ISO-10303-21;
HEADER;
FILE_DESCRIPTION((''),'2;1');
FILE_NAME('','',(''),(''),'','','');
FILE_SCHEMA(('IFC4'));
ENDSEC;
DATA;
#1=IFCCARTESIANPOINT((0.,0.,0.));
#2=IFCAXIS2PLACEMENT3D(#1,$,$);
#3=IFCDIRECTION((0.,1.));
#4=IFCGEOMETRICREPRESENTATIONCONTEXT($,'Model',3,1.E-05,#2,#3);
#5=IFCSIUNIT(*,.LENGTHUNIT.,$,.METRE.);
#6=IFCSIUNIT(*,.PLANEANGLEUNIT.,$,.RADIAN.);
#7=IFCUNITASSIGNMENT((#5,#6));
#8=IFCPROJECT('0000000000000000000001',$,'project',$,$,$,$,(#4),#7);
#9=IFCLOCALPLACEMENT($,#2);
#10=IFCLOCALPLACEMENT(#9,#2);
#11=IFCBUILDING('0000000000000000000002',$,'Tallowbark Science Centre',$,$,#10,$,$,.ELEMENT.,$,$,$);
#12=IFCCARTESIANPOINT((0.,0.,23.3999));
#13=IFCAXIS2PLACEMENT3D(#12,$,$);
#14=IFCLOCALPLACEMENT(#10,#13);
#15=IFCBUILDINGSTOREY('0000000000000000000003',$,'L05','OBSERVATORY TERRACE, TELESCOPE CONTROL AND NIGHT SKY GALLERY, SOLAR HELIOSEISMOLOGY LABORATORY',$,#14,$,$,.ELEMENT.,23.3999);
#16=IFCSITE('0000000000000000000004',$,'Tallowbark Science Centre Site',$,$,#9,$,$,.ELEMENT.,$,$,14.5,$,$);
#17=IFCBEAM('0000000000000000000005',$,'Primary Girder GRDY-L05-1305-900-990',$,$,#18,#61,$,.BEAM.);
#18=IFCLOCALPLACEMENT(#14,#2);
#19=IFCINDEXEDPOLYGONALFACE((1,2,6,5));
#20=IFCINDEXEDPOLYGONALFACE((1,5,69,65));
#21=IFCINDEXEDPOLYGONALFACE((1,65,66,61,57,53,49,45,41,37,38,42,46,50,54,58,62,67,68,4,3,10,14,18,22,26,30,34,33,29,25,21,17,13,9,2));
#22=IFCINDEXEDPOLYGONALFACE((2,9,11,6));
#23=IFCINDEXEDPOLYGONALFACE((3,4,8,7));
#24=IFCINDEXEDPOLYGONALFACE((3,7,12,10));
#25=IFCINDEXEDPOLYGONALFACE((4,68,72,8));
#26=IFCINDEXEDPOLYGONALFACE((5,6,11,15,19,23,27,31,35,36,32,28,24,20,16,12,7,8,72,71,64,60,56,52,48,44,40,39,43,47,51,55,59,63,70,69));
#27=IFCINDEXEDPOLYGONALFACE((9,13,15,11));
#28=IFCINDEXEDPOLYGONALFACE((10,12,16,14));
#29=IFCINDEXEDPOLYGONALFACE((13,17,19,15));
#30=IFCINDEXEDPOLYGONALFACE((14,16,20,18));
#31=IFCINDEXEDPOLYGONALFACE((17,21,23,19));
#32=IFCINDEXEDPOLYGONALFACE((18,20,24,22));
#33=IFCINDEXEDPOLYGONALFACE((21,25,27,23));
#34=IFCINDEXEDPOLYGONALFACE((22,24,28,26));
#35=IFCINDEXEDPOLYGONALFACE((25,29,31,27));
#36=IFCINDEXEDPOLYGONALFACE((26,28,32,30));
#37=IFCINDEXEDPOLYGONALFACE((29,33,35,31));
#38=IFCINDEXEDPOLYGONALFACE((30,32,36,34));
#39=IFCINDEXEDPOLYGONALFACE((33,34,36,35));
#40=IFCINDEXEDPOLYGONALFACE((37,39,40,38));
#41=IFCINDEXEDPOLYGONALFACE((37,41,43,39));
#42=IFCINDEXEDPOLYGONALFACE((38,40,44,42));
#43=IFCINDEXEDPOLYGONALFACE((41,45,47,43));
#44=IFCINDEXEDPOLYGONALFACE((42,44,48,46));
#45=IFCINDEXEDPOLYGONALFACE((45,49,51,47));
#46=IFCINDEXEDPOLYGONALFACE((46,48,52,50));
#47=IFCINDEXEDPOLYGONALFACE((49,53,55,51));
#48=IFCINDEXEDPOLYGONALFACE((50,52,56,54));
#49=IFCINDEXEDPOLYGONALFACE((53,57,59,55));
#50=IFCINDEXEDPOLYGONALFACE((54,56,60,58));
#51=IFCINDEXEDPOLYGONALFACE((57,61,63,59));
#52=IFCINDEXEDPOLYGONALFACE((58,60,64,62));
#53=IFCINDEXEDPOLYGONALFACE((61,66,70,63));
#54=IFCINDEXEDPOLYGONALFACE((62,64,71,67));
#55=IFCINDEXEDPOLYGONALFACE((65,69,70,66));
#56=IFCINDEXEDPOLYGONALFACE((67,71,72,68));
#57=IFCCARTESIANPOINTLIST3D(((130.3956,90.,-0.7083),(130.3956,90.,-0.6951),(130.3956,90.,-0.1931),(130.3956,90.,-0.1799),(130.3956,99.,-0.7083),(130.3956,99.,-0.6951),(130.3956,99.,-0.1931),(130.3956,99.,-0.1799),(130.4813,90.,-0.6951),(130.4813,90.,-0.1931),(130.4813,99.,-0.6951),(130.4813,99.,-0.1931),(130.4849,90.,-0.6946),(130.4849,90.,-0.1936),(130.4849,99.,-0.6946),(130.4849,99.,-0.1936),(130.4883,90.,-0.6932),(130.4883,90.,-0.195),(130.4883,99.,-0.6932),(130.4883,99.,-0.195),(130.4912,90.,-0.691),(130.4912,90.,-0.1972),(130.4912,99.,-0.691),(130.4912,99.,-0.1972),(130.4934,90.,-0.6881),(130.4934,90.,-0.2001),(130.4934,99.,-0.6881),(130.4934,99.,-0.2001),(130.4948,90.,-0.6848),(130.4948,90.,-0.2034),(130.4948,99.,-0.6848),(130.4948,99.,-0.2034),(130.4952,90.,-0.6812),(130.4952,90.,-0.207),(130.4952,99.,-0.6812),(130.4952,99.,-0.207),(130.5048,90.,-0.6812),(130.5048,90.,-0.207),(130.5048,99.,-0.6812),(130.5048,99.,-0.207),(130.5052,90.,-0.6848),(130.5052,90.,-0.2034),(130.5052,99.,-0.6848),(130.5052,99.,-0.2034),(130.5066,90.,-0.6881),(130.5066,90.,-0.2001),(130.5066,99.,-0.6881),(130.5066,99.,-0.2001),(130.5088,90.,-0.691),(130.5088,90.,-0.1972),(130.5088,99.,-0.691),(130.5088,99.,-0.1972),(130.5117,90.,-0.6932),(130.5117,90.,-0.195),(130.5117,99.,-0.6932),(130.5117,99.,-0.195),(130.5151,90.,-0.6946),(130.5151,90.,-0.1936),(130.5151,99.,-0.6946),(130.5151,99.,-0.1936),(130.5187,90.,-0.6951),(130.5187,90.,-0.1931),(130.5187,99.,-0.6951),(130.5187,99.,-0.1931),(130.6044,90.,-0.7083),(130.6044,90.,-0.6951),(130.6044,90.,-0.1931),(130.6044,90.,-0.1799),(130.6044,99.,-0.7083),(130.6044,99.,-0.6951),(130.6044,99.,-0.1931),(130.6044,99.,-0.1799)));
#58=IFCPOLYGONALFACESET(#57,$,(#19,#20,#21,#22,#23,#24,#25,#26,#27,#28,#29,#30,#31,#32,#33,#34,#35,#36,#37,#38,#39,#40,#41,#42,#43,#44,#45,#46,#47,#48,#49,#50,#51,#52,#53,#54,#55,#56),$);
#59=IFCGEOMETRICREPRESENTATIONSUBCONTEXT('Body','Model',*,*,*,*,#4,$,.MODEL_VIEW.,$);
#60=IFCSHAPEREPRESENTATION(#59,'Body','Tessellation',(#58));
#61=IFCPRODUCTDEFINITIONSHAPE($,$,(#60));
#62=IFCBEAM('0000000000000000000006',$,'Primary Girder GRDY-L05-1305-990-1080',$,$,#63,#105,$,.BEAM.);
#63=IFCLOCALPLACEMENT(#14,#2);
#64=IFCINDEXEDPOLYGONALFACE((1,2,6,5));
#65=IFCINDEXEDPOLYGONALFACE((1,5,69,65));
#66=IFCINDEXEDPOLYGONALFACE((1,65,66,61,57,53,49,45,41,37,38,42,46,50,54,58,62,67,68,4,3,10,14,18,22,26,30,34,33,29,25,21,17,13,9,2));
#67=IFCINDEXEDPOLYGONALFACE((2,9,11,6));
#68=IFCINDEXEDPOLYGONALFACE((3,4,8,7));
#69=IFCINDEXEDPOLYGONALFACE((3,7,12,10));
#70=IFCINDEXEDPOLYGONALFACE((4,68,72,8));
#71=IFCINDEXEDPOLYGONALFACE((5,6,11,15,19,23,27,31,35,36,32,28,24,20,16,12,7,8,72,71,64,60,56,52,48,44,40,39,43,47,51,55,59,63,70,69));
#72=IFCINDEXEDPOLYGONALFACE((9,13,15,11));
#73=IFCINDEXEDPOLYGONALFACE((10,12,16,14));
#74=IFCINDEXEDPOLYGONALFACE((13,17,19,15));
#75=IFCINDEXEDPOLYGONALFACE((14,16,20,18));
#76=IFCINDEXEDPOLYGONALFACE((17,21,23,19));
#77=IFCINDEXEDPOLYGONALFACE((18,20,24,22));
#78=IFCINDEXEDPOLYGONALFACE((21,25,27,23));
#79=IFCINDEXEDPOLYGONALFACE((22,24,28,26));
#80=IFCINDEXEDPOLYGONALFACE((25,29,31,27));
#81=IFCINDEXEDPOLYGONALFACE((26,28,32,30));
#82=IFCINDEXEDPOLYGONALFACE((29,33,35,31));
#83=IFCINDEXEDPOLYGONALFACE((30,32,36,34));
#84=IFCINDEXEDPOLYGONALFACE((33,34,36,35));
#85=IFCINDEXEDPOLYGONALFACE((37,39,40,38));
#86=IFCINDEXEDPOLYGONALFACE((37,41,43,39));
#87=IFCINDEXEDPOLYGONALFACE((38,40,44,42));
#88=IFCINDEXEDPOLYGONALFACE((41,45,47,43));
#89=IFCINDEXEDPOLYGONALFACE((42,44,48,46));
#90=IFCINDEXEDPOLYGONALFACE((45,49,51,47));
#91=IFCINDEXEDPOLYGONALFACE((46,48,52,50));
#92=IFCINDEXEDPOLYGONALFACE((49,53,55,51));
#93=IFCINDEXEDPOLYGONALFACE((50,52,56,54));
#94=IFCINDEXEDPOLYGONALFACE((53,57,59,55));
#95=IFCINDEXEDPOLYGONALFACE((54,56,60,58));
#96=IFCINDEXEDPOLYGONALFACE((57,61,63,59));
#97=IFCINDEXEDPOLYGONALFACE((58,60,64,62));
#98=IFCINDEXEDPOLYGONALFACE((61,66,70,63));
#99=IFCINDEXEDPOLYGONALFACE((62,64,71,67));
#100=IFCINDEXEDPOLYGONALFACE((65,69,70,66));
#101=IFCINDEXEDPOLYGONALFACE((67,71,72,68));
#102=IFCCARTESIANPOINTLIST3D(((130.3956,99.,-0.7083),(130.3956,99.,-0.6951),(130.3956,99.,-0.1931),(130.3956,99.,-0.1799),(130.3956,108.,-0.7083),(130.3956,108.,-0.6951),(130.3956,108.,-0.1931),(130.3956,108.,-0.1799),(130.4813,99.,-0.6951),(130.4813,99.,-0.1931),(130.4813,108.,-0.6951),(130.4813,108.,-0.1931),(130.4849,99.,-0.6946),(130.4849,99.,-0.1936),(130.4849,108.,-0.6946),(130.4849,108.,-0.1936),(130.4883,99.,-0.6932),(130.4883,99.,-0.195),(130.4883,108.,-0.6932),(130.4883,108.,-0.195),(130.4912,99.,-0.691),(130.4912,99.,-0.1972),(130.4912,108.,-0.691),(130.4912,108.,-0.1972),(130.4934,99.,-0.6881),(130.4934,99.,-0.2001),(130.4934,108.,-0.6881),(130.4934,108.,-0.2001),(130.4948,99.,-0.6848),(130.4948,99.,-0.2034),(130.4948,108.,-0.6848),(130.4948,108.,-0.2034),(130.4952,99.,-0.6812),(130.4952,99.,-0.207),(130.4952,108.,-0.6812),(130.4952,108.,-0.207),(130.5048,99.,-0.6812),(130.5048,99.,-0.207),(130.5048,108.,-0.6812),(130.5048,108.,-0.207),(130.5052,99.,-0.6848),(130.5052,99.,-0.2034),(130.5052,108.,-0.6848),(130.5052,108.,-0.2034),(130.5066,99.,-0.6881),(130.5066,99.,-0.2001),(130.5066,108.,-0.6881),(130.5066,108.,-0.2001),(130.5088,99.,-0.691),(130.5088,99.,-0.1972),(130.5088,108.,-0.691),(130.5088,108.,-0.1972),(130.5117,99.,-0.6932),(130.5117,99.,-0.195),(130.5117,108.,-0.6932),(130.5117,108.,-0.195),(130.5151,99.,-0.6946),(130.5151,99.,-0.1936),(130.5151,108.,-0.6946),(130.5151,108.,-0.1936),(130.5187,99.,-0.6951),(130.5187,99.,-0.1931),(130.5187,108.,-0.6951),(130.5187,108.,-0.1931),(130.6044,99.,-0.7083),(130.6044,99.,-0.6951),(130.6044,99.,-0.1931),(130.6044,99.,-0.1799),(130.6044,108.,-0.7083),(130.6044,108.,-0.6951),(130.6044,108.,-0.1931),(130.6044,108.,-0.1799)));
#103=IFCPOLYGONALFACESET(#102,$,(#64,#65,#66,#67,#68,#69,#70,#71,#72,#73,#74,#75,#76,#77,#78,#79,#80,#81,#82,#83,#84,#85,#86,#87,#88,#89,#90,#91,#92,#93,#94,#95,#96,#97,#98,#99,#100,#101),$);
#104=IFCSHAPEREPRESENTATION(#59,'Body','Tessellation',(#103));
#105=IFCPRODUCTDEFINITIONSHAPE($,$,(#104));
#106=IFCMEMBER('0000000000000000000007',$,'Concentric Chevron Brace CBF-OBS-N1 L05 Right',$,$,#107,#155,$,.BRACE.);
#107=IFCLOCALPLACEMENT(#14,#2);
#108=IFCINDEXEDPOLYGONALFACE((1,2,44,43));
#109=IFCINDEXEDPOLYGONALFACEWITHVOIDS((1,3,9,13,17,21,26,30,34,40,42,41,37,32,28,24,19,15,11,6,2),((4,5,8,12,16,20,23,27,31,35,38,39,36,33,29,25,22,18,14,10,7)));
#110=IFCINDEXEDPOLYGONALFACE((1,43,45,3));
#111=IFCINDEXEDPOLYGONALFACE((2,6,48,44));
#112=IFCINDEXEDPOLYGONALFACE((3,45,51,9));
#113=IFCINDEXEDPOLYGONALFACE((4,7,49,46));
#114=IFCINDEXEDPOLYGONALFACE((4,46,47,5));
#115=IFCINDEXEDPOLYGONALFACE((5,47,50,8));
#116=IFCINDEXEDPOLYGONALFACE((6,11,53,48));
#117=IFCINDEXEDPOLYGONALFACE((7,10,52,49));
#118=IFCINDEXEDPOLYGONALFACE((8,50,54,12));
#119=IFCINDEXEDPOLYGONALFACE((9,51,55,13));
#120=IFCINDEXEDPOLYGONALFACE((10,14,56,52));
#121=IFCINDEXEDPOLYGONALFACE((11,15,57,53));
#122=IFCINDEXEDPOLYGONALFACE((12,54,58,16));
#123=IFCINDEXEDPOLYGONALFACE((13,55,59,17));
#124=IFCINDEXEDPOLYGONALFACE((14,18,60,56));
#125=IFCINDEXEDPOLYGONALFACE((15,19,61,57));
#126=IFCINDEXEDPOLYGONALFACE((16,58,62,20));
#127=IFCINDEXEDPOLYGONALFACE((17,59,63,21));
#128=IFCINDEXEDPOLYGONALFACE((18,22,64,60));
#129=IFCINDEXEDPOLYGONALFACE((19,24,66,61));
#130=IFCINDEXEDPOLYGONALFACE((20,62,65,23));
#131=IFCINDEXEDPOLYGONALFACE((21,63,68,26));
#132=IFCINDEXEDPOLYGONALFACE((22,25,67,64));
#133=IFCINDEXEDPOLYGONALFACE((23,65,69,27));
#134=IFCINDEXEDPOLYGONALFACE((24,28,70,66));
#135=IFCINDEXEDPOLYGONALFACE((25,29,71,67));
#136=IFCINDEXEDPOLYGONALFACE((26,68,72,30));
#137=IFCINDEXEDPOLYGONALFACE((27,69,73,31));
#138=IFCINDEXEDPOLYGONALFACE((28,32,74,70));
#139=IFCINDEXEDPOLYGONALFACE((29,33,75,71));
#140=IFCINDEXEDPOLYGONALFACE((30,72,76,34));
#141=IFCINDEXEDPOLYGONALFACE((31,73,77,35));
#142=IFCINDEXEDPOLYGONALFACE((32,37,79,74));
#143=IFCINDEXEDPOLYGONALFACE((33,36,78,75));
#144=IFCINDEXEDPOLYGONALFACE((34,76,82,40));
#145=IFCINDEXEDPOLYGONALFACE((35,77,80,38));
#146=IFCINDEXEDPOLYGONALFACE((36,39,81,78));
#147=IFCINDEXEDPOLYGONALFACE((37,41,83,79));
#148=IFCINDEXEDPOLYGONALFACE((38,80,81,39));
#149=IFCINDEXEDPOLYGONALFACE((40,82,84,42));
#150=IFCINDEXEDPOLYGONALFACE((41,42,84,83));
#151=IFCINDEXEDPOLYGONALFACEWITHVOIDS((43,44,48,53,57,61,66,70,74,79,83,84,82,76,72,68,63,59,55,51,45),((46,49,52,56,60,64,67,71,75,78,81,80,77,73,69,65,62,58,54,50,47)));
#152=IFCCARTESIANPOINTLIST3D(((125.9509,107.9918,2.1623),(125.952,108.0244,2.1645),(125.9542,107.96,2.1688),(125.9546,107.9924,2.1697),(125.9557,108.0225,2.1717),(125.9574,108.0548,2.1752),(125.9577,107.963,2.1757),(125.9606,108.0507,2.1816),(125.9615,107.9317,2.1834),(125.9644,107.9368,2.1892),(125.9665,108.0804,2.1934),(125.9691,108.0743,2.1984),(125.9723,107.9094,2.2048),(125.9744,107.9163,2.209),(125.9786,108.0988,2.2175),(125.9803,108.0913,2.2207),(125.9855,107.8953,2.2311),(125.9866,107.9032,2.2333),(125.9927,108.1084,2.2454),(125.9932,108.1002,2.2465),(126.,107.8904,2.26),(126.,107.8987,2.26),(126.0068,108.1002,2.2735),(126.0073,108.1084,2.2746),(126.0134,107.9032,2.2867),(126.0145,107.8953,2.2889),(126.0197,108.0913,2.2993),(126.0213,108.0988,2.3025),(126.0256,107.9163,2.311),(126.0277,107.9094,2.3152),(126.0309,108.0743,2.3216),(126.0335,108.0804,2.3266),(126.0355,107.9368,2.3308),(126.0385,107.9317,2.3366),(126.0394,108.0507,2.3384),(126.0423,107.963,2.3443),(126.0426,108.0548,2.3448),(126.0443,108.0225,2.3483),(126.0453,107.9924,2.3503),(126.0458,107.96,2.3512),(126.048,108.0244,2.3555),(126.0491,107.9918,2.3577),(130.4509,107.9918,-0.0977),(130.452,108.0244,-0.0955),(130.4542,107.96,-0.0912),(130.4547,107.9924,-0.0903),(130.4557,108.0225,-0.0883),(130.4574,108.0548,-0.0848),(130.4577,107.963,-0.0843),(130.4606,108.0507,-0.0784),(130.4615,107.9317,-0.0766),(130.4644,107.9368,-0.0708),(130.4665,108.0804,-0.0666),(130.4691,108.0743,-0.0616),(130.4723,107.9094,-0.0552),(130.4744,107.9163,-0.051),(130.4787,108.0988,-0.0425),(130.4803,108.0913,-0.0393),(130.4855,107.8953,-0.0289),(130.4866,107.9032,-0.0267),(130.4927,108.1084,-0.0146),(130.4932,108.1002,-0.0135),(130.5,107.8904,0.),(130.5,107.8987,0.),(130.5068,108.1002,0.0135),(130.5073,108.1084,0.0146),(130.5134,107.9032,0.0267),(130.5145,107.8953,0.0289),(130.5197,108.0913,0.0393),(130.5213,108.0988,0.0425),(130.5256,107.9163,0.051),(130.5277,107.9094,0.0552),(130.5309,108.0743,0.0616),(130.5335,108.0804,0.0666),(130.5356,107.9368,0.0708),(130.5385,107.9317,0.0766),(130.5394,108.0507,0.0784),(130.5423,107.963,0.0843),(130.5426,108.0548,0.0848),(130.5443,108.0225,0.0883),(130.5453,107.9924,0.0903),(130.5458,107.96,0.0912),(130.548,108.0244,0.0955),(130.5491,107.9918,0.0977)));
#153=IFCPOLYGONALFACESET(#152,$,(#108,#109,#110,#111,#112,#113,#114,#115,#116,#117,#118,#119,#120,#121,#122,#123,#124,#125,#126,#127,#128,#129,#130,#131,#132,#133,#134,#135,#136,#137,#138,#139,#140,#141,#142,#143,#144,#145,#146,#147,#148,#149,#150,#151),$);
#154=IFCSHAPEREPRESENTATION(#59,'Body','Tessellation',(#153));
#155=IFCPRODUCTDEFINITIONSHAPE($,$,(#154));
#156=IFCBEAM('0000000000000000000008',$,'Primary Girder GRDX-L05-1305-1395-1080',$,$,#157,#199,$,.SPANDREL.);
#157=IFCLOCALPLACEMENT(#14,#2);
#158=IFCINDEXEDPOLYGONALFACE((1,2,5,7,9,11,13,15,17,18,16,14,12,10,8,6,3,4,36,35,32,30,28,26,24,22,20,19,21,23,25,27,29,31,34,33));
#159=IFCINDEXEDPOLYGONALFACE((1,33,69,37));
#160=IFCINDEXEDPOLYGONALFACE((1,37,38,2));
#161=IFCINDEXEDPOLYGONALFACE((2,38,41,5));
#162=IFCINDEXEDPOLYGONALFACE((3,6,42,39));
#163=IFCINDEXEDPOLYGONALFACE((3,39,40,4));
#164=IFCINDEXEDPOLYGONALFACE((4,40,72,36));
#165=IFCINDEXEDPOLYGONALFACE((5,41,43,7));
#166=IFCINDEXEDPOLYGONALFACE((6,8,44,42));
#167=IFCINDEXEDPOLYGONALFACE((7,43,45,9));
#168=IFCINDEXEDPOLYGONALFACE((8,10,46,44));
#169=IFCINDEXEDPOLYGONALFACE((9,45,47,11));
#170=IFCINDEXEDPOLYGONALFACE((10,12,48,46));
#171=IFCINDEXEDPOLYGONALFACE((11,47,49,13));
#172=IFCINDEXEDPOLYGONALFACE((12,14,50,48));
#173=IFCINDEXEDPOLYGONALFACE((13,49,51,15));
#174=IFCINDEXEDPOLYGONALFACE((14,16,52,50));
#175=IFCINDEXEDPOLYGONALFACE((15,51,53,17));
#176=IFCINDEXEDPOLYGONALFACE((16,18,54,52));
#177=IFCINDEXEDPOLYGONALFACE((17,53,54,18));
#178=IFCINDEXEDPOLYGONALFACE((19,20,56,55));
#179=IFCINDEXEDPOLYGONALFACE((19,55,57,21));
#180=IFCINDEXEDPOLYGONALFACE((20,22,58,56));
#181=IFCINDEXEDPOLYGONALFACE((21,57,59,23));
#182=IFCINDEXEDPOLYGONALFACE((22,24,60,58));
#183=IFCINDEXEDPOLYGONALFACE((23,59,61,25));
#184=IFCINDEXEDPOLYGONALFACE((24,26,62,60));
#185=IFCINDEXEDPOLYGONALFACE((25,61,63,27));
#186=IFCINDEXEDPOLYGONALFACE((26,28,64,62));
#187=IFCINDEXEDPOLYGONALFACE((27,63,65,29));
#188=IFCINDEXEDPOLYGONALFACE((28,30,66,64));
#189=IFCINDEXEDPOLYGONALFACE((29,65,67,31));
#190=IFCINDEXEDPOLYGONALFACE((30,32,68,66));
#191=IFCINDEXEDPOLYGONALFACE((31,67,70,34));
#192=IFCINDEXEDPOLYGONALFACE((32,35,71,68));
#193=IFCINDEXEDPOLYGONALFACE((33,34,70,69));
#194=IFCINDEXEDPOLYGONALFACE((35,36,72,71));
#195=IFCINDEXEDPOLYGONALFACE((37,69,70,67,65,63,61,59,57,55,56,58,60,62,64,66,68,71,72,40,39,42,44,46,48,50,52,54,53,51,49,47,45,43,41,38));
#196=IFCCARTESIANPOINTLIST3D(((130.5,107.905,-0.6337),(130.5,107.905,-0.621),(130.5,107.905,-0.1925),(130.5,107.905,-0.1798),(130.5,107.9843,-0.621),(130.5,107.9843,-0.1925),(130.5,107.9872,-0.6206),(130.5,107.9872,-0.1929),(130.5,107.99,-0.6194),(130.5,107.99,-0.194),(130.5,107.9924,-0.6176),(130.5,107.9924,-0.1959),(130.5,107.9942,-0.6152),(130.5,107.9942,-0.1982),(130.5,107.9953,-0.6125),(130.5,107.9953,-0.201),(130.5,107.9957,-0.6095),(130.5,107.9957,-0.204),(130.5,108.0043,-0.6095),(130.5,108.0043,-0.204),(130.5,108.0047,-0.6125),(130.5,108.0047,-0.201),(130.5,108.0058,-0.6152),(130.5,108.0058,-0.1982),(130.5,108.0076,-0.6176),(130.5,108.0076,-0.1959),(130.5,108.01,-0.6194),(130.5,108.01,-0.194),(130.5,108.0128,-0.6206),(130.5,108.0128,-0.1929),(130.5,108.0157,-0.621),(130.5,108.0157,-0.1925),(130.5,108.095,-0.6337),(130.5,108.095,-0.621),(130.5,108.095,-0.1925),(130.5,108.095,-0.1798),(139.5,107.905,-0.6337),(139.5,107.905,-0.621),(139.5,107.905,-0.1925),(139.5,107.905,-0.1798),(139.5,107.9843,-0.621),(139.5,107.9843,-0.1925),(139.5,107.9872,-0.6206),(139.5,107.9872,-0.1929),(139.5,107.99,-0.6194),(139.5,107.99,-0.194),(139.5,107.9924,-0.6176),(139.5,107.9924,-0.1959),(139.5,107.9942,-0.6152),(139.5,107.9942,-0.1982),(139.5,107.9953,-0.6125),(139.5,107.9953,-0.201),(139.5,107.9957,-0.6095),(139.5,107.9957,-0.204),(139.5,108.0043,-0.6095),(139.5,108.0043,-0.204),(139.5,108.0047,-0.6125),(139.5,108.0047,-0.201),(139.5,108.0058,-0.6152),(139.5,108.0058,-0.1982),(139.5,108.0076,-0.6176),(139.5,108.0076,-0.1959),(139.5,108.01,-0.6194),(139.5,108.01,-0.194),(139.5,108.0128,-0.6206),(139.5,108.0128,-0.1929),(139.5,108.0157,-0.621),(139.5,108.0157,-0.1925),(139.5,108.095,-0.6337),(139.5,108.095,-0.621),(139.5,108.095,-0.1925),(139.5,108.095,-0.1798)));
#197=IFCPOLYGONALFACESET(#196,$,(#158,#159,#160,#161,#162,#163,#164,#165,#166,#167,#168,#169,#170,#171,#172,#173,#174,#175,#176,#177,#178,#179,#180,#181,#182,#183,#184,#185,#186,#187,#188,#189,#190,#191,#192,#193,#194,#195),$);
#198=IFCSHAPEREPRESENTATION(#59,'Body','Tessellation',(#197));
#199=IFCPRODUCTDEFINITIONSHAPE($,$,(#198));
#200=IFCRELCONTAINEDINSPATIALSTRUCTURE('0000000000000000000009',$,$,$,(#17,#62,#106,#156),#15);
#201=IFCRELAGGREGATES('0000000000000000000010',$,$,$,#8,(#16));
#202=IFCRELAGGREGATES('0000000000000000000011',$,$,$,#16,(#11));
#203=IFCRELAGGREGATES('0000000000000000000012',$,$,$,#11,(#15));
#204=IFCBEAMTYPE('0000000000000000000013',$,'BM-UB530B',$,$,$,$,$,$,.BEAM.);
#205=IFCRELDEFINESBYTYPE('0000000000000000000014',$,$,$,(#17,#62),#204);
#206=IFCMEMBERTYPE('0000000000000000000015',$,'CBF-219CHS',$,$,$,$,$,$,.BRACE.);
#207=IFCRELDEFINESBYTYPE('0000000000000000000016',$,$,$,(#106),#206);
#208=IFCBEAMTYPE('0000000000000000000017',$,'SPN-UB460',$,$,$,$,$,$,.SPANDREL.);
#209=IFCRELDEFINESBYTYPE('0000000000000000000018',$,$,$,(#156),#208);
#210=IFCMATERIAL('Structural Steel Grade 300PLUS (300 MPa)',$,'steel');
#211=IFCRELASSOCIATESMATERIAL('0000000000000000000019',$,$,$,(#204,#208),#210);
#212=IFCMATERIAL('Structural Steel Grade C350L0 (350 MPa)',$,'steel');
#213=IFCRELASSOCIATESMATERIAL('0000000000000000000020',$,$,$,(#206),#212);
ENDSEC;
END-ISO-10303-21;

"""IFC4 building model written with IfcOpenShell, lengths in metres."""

from ifc_helpers import new_model, si_unit, direction, frame, origin, origin_2d, place, context, subcontext, project, spatial, hollow_circle, i_section, extrude, material, material_profile, profile_set, type_object, element, save


model = new_model("IFC4")

# Units and contexts
model_context = context("Model", 3, precision=1e-05, world=origin(), true_north=direction((0.0, 1.0)))
body_context = subcontext(model_context, "Body", "Model", "MODEL_VIEW")
ifc_project = project(units=[si_unit("LENGTHUNIT", "METRE"), si_unit("PLANEANGLEUNIT", "RADIAN")], contexts=[model_context])

# Site, building, storey
site_placement = place(None, origin())
site = spatial("IfcSite", under=ifc_project, at=site_placement, Name="Tallowbark Science Centre Site", CompositionType="ELEMENT", RefElevation=14.5)
building_placement = place(site_placement, origin())
building = spatial("IfcBuilding", under=site, at=building_placement, Name="Tallowbark Science Centre", CompositionType="ELEMENT")
storey_placement = place(building_placement, frame((0.0, 0.0, 23.3999)))
storey = spatial("IfcBuildingStorey", under=building, at=storey_placement, Name="L05", Description="OBSERVATORY TERRACE, TELESCOPE CONTROL AND NIGHT SKY GALLERY, SOLAR HELIOSEISMOLOGY LABORATORY", CompositionType="ELEMENT", Elevation=23.3999)

# Shared definitions
ifc_material_1 = material(Name="Structural Steel Grade 300PLUS (300 MPa)", Category="steel")

# Beams
ifc_material_profile_1 = material_profile(ifc_material_1, i_section(OverallWidth=0.2087, OverallDepth=0.5283, WebThickness=0.0095, FlangeThickness=0.0132, FilletRadius=0.0139, at=origin_2d()), Name="530UB82.0")
ifc_profile_set_1 = profile_set([ifc_material_profile_1], Name="Structural Steel Grade 300PLUS (300 MPa)")
beam_type_1 = type_object("IfcBeamType", Name="BM-UB530B", PredefinedType="BEAM", material=ifc_profile_set_1)
for number, where, z_axis, x_axis, name in (
    (1, (130.5, 90.0, -0.4441), (0.0, 1.0, 0.0), (-1.0, 0.0, 0.0), "Primary Girder GRDY-L05-1305-900-990"),
    (2, (130.5, 99.0, -0.4441), (0.0, 1.0, 0.0), (-1.0, 0.0, 0.0), "Primary Girder GRDY-L05-1305-990-1080"),
):
    element("IfcBeam", number, at=place(storey_placement, frame(where, z_axis=z_axis, x_axis=x_axis)), inside=storey, type_object=beam_type_1, Name=name, PredefinedType="BEAM", context=body_context, shape_type="SweptSolid", body=[
        extrude(i_section(OverallWidth=0.2087, OverallDepth=0.5283, WebThickness=0.0095, FlangeThickness=0.0132, FilletRadius=0.0139, at=origin_2d()), origin(), (0.0, 0.0, 1.0), 9.0),
    ])

# Member
ifc_material_2 = material(Name="Structural Steel Grade C350L0 (350 MPa)", Category="steel")
ifc_material_profile_2 = material_profile(ifc_material_2, hollow_circle(Radius=0.1096, WallThickness=0.0083, at=origin_2d()), Name="219.1x8.2CHS")
ifc_profile_set_2 = profile_set([ifc_material_profile_2], Name="Structural Steel Grade C350L0 (350 MPa)")
member_type = type_object("IfcMemberType", Name="CBF-219CHS", PredefinedType="BRACE", material=ifc_profile_set_2)
member_placement = place(storey_placement, frame((130.5, 108.0, 0.0), z_axis=(-0.893631, 0.0, 0.448803), x_axis=(0.0, -1.0, 0.0)))
element("IfcMember", 3, at=member_placement, inside=storey, type_object=member_type, Name="Concentric Chevron Brace CBF-OBS-N1 L05 Right", PredefinedType="BRACE", context=body_context, shape_type="SweptSolid", body=[
    extrude(hollow_circle(Radius=0.1096, WallThickness=0.0083, at=origin_2d()), origin(), (0.0, 0.0, 1.0), 5.0356),
])

# Beam
ifc_material_profile_3 = material_profile(ifc_material_1, i_section(OverallWidth=0.1899, OverallDepth=0.4539, WebThickness=0.0085, FlangeThickness=0.0127, FilletRadius=0.0115, at=origin_2d()), Name="460UB67.1")
ifc_profile_set_3 = profile_set([ifc_material_profile_3], Name="Structural Steel Grade 300PLUS (300 MPa)")
beam_type_2 = type_object("IfcBeamType", Name="SPN-UB460", PredefinedType="SPANDREL", material=ifc_profile_set_3)
beam_1_placement = place(storey_placement, frame((130.5, 108.0, -0.4067), z_axis=(1.0, 0.0, 0.0), x_axis=(0.0, 1.0, 0.0)))
element("IfcBeam", 4, at=beam_1_placement, inside=storey, type_object=beam_type_2, Name="Primary Girder GRDX-L05-1305-1395-1080", PredefinedType="SPANDREL", context=body_context, shape_type="SweptSolid", body=[
    extrude(i_section(OverallWidth=0.1899, OverallDepth=0.4539, WebThickness=0.0085, FlangeThickness=0.0127, FilletRadius=0.0115, at=origin_2d()), origin(), (0.0, 0.0, 1.0), 9.0),
])

save(model, "model.ifc")
